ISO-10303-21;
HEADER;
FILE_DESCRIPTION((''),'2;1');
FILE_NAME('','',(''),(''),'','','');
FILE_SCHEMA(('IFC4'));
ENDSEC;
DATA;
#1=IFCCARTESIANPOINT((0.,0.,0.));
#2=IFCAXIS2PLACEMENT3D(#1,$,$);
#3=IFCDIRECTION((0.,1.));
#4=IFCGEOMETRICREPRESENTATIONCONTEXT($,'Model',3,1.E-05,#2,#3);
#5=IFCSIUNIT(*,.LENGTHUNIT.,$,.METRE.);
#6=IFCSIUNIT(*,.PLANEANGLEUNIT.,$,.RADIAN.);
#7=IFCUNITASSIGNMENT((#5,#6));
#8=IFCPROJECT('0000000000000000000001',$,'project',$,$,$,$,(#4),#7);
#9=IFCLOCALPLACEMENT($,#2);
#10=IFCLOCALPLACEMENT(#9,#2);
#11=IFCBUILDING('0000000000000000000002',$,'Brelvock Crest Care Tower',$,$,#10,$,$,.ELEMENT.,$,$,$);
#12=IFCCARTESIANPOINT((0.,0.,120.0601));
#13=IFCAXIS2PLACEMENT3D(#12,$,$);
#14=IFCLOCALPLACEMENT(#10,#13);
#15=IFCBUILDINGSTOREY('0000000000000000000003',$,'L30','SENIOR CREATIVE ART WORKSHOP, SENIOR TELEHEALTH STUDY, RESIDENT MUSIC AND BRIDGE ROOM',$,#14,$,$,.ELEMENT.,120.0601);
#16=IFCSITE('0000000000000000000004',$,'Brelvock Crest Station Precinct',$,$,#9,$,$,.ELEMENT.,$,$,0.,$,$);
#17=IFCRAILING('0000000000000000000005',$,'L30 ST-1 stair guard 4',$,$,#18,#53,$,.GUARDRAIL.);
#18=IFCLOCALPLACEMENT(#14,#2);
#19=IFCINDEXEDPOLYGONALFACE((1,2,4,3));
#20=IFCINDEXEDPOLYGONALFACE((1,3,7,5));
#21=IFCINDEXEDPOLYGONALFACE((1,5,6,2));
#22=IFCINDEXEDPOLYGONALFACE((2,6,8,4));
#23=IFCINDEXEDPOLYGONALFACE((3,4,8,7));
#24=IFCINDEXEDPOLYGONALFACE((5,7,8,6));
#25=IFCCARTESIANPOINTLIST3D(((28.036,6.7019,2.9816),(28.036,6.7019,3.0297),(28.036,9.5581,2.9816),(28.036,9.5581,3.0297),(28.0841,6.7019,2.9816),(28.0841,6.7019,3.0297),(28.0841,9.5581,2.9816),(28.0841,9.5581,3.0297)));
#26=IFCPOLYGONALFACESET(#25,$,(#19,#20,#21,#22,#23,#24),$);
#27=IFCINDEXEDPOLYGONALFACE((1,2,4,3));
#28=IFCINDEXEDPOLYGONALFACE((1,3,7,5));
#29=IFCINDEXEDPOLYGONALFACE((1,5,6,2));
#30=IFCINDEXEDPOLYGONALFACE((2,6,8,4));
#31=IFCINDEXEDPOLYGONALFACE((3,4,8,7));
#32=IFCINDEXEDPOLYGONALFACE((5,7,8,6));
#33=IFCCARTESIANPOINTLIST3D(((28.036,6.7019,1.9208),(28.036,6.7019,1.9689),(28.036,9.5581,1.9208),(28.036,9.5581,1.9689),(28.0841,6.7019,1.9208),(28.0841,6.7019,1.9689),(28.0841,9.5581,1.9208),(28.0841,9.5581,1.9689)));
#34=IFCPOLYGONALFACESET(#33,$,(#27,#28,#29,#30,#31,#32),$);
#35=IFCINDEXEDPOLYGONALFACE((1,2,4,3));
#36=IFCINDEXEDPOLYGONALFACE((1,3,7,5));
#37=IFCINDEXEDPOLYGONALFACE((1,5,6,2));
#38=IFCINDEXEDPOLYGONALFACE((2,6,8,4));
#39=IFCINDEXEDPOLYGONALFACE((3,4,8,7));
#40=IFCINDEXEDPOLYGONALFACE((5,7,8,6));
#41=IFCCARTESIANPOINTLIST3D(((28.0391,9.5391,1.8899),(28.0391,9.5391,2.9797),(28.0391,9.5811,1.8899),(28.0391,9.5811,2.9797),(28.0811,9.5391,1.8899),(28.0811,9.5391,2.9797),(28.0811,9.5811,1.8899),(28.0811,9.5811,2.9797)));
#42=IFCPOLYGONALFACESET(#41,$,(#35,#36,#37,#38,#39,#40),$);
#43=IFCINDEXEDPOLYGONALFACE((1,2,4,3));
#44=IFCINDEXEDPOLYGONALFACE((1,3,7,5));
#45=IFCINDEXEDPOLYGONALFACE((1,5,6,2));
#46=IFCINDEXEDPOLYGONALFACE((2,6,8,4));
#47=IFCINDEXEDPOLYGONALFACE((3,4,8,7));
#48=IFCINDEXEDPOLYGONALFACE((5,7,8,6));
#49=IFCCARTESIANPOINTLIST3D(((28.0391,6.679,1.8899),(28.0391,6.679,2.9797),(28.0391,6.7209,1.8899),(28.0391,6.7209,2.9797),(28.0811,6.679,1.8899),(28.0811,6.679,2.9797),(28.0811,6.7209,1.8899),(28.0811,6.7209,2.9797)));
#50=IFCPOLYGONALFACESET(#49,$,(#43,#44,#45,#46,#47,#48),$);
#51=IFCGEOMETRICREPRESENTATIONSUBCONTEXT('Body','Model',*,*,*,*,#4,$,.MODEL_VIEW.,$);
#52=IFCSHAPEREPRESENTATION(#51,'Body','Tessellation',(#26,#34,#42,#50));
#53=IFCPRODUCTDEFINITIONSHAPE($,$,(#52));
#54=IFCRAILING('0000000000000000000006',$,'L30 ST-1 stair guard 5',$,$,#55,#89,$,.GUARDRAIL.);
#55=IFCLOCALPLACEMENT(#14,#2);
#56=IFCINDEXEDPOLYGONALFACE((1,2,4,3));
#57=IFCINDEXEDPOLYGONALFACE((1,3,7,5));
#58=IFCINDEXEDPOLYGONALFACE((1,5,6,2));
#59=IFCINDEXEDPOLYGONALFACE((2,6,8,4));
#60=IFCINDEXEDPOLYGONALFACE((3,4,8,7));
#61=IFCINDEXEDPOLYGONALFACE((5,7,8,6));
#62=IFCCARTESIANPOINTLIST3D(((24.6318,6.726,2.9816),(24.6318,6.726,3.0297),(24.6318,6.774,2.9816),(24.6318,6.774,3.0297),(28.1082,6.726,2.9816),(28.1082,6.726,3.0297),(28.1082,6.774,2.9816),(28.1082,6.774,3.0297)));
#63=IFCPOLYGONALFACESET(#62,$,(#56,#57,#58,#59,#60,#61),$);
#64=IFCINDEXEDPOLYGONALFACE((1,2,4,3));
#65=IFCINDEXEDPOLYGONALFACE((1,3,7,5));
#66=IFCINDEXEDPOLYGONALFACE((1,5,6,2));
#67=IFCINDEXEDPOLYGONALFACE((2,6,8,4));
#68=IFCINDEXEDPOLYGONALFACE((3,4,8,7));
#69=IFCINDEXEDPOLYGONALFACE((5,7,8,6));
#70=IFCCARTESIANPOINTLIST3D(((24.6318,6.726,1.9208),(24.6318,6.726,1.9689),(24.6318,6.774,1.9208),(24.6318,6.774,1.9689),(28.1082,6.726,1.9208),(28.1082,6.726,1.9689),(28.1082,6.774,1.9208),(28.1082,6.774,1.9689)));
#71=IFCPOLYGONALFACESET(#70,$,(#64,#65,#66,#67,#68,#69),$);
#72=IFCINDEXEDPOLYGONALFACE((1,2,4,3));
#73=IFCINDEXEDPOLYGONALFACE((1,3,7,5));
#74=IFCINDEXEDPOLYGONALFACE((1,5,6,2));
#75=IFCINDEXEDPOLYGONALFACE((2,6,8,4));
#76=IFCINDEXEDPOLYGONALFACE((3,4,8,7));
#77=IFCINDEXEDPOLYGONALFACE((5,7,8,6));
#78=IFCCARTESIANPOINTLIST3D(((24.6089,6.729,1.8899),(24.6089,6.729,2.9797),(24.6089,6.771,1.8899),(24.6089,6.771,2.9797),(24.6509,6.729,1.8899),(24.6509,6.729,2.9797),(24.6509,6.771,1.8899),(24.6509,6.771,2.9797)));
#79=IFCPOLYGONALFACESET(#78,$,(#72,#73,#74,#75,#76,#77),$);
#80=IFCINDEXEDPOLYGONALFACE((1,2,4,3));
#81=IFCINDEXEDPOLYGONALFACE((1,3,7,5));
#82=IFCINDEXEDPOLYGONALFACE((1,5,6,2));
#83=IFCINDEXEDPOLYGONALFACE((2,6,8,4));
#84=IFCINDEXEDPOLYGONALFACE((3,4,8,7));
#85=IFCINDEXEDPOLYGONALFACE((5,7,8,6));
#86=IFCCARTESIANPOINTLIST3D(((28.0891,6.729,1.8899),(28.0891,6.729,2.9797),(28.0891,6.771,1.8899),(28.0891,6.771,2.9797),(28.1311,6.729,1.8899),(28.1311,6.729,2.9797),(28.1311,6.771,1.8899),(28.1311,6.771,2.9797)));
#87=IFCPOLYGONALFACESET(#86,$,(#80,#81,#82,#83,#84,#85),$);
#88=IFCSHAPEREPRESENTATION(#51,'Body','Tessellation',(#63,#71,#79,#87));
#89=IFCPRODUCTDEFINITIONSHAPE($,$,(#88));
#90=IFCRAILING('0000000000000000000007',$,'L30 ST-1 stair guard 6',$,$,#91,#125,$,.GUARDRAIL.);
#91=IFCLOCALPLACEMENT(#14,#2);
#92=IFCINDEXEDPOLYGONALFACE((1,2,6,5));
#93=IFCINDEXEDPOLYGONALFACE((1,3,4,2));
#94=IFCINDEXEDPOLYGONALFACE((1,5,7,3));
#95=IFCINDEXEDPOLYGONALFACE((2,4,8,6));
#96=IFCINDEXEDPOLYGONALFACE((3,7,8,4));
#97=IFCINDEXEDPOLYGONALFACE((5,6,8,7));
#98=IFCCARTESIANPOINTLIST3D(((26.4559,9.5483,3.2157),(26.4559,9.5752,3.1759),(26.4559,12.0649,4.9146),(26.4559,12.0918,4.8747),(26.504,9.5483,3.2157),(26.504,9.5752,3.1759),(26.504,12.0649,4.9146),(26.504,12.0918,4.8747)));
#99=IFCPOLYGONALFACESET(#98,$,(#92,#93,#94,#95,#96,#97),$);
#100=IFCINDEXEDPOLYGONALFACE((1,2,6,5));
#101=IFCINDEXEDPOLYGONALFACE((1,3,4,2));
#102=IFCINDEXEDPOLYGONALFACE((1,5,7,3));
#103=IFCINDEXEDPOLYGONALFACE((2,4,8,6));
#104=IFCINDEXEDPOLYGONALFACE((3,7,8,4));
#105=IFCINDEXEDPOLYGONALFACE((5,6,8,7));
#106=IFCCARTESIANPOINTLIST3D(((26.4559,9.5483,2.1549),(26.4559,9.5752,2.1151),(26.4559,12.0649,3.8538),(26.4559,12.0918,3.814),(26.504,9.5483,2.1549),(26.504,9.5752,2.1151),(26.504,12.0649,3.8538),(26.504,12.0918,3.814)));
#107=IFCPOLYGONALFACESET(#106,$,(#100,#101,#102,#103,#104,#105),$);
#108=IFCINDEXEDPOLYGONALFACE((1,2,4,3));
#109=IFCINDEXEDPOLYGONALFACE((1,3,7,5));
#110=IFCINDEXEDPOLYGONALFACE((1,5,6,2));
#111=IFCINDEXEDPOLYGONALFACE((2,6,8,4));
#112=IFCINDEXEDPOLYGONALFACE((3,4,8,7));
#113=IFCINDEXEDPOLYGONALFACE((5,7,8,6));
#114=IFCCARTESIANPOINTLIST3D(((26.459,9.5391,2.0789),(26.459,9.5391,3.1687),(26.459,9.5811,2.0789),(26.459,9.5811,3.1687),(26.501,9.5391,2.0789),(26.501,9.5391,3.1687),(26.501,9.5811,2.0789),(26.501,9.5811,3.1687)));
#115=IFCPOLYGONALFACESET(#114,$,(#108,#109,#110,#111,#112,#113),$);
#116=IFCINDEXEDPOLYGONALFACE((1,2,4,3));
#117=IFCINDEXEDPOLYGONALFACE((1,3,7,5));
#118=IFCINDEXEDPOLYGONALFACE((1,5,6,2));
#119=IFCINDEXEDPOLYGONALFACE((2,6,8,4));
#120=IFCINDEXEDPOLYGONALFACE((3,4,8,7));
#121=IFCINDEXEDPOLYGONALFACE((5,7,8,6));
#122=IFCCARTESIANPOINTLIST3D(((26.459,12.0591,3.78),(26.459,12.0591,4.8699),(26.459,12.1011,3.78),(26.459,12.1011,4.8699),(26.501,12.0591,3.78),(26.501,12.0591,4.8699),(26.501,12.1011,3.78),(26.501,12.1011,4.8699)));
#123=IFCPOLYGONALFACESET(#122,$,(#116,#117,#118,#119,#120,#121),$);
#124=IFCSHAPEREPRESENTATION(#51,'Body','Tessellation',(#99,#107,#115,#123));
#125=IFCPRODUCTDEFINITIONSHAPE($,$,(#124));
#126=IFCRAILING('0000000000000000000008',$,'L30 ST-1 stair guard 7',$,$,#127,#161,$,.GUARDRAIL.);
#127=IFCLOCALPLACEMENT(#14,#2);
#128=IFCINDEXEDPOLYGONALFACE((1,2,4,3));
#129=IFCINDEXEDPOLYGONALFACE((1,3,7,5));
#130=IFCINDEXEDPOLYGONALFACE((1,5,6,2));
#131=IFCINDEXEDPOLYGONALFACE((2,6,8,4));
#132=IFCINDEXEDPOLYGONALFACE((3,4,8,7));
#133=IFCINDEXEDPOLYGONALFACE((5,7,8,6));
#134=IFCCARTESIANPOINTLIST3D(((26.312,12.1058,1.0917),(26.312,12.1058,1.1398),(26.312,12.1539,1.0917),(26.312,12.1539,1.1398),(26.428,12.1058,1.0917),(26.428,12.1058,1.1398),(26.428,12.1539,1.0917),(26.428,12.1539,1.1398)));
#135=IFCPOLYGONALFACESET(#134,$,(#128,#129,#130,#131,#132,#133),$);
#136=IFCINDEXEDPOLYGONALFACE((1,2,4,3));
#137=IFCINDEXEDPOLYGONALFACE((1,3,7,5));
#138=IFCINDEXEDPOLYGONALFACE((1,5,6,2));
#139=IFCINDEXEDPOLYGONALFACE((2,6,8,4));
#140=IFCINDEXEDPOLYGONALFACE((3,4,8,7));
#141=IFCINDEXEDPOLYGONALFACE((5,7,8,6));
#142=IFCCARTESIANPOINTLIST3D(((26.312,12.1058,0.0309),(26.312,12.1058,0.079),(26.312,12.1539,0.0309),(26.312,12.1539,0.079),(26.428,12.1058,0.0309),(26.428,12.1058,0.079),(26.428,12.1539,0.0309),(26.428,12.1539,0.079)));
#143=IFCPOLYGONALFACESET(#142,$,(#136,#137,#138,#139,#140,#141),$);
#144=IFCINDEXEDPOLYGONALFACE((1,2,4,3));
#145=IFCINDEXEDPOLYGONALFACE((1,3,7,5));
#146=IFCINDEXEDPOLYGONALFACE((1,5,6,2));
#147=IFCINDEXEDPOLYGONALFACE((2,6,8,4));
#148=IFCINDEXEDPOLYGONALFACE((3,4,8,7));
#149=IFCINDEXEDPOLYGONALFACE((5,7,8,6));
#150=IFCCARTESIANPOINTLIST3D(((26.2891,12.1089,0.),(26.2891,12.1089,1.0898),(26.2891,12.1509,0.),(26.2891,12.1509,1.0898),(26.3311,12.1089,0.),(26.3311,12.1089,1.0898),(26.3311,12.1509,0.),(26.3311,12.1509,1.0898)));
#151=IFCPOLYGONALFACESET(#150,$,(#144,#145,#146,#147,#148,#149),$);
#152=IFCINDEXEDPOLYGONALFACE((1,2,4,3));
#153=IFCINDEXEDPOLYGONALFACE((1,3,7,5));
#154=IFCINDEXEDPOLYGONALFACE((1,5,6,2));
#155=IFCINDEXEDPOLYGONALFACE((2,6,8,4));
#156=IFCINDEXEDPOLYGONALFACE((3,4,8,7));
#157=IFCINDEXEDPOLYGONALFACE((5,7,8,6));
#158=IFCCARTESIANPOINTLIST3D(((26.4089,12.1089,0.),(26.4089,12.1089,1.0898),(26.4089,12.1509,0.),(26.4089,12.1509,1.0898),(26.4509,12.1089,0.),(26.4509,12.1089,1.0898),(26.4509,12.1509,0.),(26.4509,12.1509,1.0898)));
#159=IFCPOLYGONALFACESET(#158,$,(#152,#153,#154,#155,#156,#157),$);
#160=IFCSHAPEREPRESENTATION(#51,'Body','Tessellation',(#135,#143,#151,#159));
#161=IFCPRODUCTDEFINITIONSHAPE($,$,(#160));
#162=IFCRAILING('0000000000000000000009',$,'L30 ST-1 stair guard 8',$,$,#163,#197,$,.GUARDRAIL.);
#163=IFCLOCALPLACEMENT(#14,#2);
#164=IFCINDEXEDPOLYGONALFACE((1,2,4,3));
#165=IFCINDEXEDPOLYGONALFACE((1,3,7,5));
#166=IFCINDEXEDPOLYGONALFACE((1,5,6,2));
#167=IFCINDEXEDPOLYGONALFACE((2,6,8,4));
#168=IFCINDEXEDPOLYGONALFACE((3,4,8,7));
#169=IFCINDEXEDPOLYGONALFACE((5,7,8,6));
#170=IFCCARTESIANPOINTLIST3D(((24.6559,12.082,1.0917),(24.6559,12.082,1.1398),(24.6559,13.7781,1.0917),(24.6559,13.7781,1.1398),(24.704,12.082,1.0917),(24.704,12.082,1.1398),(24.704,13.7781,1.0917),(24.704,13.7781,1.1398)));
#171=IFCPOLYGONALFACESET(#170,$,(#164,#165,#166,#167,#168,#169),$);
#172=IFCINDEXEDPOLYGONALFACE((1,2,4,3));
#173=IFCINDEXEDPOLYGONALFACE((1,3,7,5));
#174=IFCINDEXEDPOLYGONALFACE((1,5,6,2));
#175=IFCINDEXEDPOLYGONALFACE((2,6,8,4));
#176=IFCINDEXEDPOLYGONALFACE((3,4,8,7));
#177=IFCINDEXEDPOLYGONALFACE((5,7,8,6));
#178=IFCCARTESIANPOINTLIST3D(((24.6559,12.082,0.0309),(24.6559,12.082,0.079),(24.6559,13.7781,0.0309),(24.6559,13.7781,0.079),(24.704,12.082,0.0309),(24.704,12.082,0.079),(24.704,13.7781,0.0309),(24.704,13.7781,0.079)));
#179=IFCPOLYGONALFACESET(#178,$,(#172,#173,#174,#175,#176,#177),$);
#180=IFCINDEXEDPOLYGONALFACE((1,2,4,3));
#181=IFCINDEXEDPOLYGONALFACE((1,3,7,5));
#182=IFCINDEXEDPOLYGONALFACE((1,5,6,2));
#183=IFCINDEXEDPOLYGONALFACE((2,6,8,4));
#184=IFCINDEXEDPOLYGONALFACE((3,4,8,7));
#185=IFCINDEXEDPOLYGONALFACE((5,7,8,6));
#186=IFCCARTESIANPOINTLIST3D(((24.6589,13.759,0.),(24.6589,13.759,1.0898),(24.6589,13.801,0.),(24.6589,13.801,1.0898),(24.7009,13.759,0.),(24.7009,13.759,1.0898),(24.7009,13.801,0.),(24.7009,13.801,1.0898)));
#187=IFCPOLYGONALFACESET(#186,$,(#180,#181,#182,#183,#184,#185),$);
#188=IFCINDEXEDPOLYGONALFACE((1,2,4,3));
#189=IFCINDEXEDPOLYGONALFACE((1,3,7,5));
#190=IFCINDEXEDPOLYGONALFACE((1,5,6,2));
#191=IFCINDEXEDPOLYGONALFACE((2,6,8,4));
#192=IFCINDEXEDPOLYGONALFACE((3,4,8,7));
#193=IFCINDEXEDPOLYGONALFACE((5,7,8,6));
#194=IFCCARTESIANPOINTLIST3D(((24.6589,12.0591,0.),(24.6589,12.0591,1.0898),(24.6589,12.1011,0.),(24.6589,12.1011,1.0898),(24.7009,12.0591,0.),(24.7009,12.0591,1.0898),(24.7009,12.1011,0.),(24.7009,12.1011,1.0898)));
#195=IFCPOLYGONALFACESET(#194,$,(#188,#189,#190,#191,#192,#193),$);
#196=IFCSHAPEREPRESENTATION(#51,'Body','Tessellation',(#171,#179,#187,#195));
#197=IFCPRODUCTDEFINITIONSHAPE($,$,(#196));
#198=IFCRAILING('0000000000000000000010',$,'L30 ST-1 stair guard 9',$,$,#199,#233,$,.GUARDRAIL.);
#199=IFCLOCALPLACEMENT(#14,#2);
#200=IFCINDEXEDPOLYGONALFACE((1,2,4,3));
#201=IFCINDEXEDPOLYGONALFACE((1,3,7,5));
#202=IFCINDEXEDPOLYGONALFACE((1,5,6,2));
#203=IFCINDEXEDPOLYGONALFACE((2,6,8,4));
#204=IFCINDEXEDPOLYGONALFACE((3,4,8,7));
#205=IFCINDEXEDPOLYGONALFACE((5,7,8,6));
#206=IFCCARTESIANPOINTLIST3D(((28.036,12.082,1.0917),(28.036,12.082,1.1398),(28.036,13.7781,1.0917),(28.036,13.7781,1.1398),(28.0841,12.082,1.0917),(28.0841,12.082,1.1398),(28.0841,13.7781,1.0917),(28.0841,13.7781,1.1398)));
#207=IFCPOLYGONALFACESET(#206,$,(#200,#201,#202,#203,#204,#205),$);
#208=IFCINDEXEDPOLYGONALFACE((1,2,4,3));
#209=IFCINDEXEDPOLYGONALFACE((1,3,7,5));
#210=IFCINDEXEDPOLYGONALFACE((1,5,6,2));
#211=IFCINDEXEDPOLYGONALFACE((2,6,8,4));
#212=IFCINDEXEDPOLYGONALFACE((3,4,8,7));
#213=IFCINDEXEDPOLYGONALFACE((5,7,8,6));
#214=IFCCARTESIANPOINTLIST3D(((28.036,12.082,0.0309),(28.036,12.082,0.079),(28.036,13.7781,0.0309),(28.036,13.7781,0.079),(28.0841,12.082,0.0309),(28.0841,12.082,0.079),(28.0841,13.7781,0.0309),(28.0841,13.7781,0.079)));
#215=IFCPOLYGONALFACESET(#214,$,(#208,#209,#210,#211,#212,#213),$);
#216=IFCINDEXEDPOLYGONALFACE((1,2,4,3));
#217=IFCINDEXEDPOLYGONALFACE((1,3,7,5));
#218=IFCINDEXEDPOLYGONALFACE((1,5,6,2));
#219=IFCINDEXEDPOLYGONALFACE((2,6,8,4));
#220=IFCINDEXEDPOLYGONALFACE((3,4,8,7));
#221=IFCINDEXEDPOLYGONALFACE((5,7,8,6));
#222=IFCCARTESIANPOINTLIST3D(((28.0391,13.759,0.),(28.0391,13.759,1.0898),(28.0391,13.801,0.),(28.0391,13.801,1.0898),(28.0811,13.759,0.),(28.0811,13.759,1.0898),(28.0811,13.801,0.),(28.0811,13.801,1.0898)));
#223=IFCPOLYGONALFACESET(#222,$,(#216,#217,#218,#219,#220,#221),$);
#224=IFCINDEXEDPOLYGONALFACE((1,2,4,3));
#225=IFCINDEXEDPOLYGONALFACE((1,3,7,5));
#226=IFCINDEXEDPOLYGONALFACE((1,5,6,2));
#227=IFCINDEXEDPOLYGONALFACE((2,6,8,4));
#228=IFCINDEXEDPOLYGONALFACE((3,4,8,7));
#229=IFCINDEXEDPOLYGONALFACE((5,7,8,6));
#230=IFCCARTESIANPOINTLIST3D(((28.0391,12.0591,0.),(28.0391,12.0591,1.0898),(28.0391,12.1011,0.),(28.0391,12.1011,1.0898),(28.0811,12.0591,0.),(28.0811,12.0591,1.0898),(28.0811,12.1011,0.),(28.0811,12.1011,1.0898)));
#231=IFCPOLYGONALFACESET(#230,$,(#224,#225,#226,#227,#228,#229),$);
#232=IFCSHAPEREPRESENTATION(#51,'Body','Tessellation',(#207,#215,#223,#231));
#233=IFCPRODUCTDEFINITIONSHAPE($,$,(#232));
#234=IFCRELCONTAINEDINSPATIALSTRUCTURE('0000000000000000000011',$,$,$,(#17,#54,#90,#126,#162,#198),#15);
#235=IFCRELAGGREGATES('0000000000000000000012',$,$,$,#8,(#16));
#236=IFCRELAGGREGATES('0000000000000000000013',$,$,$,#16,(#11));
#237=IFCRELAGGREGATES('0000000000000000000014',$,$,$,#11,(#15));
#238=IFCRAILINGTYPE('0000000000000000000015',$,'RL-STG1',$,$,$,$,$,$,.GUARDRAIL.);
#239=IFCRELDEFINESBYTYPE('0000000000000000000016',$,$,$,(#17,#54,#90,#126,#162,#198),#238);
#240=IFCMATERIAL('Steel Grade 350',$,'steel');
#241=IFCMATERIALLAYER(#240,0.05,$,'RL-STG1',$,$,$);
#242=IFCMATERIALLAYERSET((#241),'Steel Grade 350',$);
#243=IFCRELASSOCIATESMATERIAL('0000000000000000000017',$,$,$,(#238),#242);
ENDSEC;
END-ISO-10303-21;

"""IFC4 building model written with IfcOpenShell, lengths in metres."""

from ifc_helpers import new_model, si_unit, direction, frame, origin, origin_2d, place, context, subcontext, project, spatial, rectangle, extrude, material, layer, layer_set, type_object, element, save


model = new_model("IFC4")

# Units and contexts
model_context = context("Model", 3, precision=1e-05, world=origin(), true_north=direction((0.0, 1.0)))
body_context = subcontext(model_context, "Body", "Model", "MODEL_VIEW")
ifc_project = project(units=[si_unit("LENGTHUNIT", "METRE"), si_unit("PLANEANGLEUNIT", "RADIAN")], contexts=[model_context])

# Site, building, storey
site_placement = place(None, origin())
site = spatial("IfcSite", under=ifc_project, at=site_placement, Name="Brelvock Crest Station Precinct", CompositionType="ELEMENT", RefElevation=0.0)
building_placement = place(site_placement, origin())
building = spatial("IfcBuilding", under=site, at=building_placement, Name="Brelvock Crest Care Tower", CompositionType="ELEMENT")
storey_placement = place(building_placement, frame((0.0, 0.0, 120.0601)))
storey = spatial("IfcBuildingStorey", under=building, at=storey_placement, Name="L30", Description="SENIOR CREATIVE ART WORKSHOP, SENIOR TELEHEALTH STUDY, RESIDENT MUSIC AND BRIDGE ROOM", CompositionType="ELEMENT", Elevation=120.0601)

# Shared definitions
ifc_material_1 = material(Name="Steel Grade 350", Category="steel")

# Railings
ifc_layer_1 = layer(ifc_material_1, 0.05, Name="RL-STG1")
ifc_layer_set_1 = layer_set([ifc_layer_1], Name="Steel Grade 350")
railing_type_1 = type_object("IfcRailingType", Name="RL-STG1", PredefinedType="GUARDRAIL", material=ifc_layer_set_1)
for number, where, name in (
    (1, (28.0601, 9.5601, 1.8899), "L30 ST-1 stair guard 4"),
):
    element("IfcRailing", number, at=place(storey_placement, frame(where)), inside=storey, type_object=railing_type_1, Name=name, PredefinedType="GUARDRAIL", context=body_context, shape_type="SweptSolid", body=[
        extrude(rectangle(XDim=0.0481, YDim=0.0481, at=origin_2d()), frame((0.0, -0.002, 1.1157), z_axis=(0.0, -1.0, 0.0), x_axis=(1.0, 0.0, 0.0)), (0.0, 0.0, 1.0), 2.8562),
        extrude(rectangle(XDim=0.0481, YDim=0.0481, at=origin_2d()), frame((0.0, -0.002, 0.0549), z_axis=(0.0, -1.0, 0.0), x_axis=(1.0, 0.0, 0.0)), (0.0, 0.0, 1.0), 2.8562),
        extrude(rectangle(XDim=0.042, YDim=0.042, at=origin_2d()), origin(), (0.0, 0.0, 1.0), 1.0898),
        extrude(rectangle(XDim=0.042, YDim=0.042, at=origin_2d()), frame((0.0, -2.8601, 0.0)), (0.0, 0.0, 1.0), 1.0898),
    ])
railing_1_placement = place(storey_placement, frame((24.6299, 6.75, 1.8899)))
element("IfcRailing", 2, at=railing_1_placement, inside=storey, type_object=railing_type_1, Name="L30 ST-1 stair guard 5", PredefinedType="GUARDRAIL", context=body_context, shape_type="SweptSolid", body=[
    extrude(rectangle(XDim=0.0481, YDim=0.0481, at=origin_2d()), frame((0.002, 0.0, 1.1157), z_axis=(1.0, 0.0, 0.0), x_axis=(0.0, 1.0, 0.0)), (0.0, 0.0, 1.0), 3.4763),
    extrude(rectangle(XDim=0.0481, YDim=0.0481, at=origin_2d()), frame((0.002, 0.0, 0.0549), z_axis=(1.0, 0.0, 0.0), x_axis=(0.0, 1.0, 0.0)), (0.0, 0.0, 1.0), 3.4763),
    extrude(rectangle(XDim=0.042, YDim=0.042, at=origin_2d()), origin(), (0.0, 0.0, 1.0), 1.0898),
    extrude(rectangle(XDim=0.042, YDim=0.042, at=origin_2d()), frame((3.4802, 0.0, 0.0)), (0.0, 0.0, 1.0), 1.0898),
])
railing_2_placement = place(storey_placement, frame((26.48, 9.5601, 2.0789)))
element("IfcRailing", 3, at=railing_2_placement, inside=storey, type_object=railing_type_1, Name="L30 ST-1 stair guard 6", PredefinedType="GUARDRAIL", context=body_context, shape_type="SweptSolid", body=[
    extrude(rectangle(XDim=0.0481, YDim=0.0481, at=origin_2d()), frame((0.0, 0.0017, 1.1169), z_axis=(0.0, 0.828824, 0.559509), x_axis=(-1.0, 0.0, 0.0)), (0.0, 0.0, 1.0), 3.0364),
    extrude(rectangle(XDim=0.0481, YDim=0.0481, at=origin_2d()), frame((0.0, 0.0017, 0.0562), z_axis=(0.0, 0.828824, 0.559509), x_axis=(-1.0, 0.0, 0.0)), (0.0, 0.0, 1.0), 3.0364),
    extrude(rectangle(XDim=0.042, YDim=0.042, at=origin_2d()), origin(), (0.0, 0.0, 1.0), 1.0898),
    extrude(rectangle(XDim=0.042, YDim=0.042, at=origin_2d()), frame((0.0, 2.52, 1.7012)), (0.0, 0.0, 1.0), 1.0898),
])
railing_3_placement = place(storey_placement, frame((26.3101, 12.1299, 0.0)))
element("IfcRailing", 4, at=railing_3_placement, inside=storey, type_object=railing_type_1, Name="L30 ST-1 stair guard 7", PredefinedType="GUARDRAIL", context=body_context, shape_type="SweptSolid", body=[
    extrude(rectangle(XDim=0.0481, YDim=0.0481, at=origin_2d()), frame((0.002, 0.0, 1.1157), z_axis=(1.0, 0.0, 0.0), x_axis=(0.0, 1.0, 0.0)), (0.0, 0.0, 1.0), 0.116),
    extrude(rectangle(XDim=0.0481, YDim=0.0481, at=origin_2d()), frame((0.002, 0.0, 0.0549), z_axis=(1.0, 0.0, 0.0), x_axis=(0.0, 1.0, 0.0)), (0.0, 0.0, 1.0), 0.116),
    extrude(rectangle(XDim=0.042, YDim=0.042, at=origin_2d()), origin(), (0.0, 0.0, 1.0), 1.0898),
    extrude(rectangle(XDim=0.042, YDim=0.042, at=origin_2d()), frame((0.1199, 0.0, 0.0)), (0.0, 0.0, 1.0), 1.0898),
])
for number, where, name in (
    (5, (24.6799, 13.78, 0.0), "L30 ST-1 stair guard 8"),
    (6, (28.0601, 13.78, 0.0), "L30 ST-1 stair guard 9"),
):
    element("IfcRailing", number, at=place(storey_placement, frame(where)), inside=storey, type_object=railing_type_1, Name=name, PredefinedType="GUARDRAIL", context=body_context, shape_type="SweptSolid", body=[
        extrude(rectangle(XDim=0.0481, YDim=0.0481, at=origin_2d()), frame((0.0, -0.002, 1.1157), z_axis=(0.0, -1.0, 0.0), x_axis=(1.0, 0.0, 0.0)), (0.0, 0.0, 1.0), 1.696),
        extrude(rectangle(XDim=0.0481, YDim=0.0481, at=origin_2d()), frame((0.0, -0.002, 0.0549), z_axis=(0.0, -1.0, 0.0), x_axis=(1.0, 0.0, 0.0)), (0.0, 0.0, 1.0), 1.696),
        extrude(rectangle(XDim=0.042, YDim=0.042, at=origin_2d()), origin(), (0.0, 0.0, 1.0), 1.0898),
        extrude(rectangle(XDim=0.042, YDim=0.042, at=origin_2d()), frame((0.0, -1.7, 0.0)), (0.0, 0.0, 1.0), 1.0898),
    ])

save(model, "model.ifc")
